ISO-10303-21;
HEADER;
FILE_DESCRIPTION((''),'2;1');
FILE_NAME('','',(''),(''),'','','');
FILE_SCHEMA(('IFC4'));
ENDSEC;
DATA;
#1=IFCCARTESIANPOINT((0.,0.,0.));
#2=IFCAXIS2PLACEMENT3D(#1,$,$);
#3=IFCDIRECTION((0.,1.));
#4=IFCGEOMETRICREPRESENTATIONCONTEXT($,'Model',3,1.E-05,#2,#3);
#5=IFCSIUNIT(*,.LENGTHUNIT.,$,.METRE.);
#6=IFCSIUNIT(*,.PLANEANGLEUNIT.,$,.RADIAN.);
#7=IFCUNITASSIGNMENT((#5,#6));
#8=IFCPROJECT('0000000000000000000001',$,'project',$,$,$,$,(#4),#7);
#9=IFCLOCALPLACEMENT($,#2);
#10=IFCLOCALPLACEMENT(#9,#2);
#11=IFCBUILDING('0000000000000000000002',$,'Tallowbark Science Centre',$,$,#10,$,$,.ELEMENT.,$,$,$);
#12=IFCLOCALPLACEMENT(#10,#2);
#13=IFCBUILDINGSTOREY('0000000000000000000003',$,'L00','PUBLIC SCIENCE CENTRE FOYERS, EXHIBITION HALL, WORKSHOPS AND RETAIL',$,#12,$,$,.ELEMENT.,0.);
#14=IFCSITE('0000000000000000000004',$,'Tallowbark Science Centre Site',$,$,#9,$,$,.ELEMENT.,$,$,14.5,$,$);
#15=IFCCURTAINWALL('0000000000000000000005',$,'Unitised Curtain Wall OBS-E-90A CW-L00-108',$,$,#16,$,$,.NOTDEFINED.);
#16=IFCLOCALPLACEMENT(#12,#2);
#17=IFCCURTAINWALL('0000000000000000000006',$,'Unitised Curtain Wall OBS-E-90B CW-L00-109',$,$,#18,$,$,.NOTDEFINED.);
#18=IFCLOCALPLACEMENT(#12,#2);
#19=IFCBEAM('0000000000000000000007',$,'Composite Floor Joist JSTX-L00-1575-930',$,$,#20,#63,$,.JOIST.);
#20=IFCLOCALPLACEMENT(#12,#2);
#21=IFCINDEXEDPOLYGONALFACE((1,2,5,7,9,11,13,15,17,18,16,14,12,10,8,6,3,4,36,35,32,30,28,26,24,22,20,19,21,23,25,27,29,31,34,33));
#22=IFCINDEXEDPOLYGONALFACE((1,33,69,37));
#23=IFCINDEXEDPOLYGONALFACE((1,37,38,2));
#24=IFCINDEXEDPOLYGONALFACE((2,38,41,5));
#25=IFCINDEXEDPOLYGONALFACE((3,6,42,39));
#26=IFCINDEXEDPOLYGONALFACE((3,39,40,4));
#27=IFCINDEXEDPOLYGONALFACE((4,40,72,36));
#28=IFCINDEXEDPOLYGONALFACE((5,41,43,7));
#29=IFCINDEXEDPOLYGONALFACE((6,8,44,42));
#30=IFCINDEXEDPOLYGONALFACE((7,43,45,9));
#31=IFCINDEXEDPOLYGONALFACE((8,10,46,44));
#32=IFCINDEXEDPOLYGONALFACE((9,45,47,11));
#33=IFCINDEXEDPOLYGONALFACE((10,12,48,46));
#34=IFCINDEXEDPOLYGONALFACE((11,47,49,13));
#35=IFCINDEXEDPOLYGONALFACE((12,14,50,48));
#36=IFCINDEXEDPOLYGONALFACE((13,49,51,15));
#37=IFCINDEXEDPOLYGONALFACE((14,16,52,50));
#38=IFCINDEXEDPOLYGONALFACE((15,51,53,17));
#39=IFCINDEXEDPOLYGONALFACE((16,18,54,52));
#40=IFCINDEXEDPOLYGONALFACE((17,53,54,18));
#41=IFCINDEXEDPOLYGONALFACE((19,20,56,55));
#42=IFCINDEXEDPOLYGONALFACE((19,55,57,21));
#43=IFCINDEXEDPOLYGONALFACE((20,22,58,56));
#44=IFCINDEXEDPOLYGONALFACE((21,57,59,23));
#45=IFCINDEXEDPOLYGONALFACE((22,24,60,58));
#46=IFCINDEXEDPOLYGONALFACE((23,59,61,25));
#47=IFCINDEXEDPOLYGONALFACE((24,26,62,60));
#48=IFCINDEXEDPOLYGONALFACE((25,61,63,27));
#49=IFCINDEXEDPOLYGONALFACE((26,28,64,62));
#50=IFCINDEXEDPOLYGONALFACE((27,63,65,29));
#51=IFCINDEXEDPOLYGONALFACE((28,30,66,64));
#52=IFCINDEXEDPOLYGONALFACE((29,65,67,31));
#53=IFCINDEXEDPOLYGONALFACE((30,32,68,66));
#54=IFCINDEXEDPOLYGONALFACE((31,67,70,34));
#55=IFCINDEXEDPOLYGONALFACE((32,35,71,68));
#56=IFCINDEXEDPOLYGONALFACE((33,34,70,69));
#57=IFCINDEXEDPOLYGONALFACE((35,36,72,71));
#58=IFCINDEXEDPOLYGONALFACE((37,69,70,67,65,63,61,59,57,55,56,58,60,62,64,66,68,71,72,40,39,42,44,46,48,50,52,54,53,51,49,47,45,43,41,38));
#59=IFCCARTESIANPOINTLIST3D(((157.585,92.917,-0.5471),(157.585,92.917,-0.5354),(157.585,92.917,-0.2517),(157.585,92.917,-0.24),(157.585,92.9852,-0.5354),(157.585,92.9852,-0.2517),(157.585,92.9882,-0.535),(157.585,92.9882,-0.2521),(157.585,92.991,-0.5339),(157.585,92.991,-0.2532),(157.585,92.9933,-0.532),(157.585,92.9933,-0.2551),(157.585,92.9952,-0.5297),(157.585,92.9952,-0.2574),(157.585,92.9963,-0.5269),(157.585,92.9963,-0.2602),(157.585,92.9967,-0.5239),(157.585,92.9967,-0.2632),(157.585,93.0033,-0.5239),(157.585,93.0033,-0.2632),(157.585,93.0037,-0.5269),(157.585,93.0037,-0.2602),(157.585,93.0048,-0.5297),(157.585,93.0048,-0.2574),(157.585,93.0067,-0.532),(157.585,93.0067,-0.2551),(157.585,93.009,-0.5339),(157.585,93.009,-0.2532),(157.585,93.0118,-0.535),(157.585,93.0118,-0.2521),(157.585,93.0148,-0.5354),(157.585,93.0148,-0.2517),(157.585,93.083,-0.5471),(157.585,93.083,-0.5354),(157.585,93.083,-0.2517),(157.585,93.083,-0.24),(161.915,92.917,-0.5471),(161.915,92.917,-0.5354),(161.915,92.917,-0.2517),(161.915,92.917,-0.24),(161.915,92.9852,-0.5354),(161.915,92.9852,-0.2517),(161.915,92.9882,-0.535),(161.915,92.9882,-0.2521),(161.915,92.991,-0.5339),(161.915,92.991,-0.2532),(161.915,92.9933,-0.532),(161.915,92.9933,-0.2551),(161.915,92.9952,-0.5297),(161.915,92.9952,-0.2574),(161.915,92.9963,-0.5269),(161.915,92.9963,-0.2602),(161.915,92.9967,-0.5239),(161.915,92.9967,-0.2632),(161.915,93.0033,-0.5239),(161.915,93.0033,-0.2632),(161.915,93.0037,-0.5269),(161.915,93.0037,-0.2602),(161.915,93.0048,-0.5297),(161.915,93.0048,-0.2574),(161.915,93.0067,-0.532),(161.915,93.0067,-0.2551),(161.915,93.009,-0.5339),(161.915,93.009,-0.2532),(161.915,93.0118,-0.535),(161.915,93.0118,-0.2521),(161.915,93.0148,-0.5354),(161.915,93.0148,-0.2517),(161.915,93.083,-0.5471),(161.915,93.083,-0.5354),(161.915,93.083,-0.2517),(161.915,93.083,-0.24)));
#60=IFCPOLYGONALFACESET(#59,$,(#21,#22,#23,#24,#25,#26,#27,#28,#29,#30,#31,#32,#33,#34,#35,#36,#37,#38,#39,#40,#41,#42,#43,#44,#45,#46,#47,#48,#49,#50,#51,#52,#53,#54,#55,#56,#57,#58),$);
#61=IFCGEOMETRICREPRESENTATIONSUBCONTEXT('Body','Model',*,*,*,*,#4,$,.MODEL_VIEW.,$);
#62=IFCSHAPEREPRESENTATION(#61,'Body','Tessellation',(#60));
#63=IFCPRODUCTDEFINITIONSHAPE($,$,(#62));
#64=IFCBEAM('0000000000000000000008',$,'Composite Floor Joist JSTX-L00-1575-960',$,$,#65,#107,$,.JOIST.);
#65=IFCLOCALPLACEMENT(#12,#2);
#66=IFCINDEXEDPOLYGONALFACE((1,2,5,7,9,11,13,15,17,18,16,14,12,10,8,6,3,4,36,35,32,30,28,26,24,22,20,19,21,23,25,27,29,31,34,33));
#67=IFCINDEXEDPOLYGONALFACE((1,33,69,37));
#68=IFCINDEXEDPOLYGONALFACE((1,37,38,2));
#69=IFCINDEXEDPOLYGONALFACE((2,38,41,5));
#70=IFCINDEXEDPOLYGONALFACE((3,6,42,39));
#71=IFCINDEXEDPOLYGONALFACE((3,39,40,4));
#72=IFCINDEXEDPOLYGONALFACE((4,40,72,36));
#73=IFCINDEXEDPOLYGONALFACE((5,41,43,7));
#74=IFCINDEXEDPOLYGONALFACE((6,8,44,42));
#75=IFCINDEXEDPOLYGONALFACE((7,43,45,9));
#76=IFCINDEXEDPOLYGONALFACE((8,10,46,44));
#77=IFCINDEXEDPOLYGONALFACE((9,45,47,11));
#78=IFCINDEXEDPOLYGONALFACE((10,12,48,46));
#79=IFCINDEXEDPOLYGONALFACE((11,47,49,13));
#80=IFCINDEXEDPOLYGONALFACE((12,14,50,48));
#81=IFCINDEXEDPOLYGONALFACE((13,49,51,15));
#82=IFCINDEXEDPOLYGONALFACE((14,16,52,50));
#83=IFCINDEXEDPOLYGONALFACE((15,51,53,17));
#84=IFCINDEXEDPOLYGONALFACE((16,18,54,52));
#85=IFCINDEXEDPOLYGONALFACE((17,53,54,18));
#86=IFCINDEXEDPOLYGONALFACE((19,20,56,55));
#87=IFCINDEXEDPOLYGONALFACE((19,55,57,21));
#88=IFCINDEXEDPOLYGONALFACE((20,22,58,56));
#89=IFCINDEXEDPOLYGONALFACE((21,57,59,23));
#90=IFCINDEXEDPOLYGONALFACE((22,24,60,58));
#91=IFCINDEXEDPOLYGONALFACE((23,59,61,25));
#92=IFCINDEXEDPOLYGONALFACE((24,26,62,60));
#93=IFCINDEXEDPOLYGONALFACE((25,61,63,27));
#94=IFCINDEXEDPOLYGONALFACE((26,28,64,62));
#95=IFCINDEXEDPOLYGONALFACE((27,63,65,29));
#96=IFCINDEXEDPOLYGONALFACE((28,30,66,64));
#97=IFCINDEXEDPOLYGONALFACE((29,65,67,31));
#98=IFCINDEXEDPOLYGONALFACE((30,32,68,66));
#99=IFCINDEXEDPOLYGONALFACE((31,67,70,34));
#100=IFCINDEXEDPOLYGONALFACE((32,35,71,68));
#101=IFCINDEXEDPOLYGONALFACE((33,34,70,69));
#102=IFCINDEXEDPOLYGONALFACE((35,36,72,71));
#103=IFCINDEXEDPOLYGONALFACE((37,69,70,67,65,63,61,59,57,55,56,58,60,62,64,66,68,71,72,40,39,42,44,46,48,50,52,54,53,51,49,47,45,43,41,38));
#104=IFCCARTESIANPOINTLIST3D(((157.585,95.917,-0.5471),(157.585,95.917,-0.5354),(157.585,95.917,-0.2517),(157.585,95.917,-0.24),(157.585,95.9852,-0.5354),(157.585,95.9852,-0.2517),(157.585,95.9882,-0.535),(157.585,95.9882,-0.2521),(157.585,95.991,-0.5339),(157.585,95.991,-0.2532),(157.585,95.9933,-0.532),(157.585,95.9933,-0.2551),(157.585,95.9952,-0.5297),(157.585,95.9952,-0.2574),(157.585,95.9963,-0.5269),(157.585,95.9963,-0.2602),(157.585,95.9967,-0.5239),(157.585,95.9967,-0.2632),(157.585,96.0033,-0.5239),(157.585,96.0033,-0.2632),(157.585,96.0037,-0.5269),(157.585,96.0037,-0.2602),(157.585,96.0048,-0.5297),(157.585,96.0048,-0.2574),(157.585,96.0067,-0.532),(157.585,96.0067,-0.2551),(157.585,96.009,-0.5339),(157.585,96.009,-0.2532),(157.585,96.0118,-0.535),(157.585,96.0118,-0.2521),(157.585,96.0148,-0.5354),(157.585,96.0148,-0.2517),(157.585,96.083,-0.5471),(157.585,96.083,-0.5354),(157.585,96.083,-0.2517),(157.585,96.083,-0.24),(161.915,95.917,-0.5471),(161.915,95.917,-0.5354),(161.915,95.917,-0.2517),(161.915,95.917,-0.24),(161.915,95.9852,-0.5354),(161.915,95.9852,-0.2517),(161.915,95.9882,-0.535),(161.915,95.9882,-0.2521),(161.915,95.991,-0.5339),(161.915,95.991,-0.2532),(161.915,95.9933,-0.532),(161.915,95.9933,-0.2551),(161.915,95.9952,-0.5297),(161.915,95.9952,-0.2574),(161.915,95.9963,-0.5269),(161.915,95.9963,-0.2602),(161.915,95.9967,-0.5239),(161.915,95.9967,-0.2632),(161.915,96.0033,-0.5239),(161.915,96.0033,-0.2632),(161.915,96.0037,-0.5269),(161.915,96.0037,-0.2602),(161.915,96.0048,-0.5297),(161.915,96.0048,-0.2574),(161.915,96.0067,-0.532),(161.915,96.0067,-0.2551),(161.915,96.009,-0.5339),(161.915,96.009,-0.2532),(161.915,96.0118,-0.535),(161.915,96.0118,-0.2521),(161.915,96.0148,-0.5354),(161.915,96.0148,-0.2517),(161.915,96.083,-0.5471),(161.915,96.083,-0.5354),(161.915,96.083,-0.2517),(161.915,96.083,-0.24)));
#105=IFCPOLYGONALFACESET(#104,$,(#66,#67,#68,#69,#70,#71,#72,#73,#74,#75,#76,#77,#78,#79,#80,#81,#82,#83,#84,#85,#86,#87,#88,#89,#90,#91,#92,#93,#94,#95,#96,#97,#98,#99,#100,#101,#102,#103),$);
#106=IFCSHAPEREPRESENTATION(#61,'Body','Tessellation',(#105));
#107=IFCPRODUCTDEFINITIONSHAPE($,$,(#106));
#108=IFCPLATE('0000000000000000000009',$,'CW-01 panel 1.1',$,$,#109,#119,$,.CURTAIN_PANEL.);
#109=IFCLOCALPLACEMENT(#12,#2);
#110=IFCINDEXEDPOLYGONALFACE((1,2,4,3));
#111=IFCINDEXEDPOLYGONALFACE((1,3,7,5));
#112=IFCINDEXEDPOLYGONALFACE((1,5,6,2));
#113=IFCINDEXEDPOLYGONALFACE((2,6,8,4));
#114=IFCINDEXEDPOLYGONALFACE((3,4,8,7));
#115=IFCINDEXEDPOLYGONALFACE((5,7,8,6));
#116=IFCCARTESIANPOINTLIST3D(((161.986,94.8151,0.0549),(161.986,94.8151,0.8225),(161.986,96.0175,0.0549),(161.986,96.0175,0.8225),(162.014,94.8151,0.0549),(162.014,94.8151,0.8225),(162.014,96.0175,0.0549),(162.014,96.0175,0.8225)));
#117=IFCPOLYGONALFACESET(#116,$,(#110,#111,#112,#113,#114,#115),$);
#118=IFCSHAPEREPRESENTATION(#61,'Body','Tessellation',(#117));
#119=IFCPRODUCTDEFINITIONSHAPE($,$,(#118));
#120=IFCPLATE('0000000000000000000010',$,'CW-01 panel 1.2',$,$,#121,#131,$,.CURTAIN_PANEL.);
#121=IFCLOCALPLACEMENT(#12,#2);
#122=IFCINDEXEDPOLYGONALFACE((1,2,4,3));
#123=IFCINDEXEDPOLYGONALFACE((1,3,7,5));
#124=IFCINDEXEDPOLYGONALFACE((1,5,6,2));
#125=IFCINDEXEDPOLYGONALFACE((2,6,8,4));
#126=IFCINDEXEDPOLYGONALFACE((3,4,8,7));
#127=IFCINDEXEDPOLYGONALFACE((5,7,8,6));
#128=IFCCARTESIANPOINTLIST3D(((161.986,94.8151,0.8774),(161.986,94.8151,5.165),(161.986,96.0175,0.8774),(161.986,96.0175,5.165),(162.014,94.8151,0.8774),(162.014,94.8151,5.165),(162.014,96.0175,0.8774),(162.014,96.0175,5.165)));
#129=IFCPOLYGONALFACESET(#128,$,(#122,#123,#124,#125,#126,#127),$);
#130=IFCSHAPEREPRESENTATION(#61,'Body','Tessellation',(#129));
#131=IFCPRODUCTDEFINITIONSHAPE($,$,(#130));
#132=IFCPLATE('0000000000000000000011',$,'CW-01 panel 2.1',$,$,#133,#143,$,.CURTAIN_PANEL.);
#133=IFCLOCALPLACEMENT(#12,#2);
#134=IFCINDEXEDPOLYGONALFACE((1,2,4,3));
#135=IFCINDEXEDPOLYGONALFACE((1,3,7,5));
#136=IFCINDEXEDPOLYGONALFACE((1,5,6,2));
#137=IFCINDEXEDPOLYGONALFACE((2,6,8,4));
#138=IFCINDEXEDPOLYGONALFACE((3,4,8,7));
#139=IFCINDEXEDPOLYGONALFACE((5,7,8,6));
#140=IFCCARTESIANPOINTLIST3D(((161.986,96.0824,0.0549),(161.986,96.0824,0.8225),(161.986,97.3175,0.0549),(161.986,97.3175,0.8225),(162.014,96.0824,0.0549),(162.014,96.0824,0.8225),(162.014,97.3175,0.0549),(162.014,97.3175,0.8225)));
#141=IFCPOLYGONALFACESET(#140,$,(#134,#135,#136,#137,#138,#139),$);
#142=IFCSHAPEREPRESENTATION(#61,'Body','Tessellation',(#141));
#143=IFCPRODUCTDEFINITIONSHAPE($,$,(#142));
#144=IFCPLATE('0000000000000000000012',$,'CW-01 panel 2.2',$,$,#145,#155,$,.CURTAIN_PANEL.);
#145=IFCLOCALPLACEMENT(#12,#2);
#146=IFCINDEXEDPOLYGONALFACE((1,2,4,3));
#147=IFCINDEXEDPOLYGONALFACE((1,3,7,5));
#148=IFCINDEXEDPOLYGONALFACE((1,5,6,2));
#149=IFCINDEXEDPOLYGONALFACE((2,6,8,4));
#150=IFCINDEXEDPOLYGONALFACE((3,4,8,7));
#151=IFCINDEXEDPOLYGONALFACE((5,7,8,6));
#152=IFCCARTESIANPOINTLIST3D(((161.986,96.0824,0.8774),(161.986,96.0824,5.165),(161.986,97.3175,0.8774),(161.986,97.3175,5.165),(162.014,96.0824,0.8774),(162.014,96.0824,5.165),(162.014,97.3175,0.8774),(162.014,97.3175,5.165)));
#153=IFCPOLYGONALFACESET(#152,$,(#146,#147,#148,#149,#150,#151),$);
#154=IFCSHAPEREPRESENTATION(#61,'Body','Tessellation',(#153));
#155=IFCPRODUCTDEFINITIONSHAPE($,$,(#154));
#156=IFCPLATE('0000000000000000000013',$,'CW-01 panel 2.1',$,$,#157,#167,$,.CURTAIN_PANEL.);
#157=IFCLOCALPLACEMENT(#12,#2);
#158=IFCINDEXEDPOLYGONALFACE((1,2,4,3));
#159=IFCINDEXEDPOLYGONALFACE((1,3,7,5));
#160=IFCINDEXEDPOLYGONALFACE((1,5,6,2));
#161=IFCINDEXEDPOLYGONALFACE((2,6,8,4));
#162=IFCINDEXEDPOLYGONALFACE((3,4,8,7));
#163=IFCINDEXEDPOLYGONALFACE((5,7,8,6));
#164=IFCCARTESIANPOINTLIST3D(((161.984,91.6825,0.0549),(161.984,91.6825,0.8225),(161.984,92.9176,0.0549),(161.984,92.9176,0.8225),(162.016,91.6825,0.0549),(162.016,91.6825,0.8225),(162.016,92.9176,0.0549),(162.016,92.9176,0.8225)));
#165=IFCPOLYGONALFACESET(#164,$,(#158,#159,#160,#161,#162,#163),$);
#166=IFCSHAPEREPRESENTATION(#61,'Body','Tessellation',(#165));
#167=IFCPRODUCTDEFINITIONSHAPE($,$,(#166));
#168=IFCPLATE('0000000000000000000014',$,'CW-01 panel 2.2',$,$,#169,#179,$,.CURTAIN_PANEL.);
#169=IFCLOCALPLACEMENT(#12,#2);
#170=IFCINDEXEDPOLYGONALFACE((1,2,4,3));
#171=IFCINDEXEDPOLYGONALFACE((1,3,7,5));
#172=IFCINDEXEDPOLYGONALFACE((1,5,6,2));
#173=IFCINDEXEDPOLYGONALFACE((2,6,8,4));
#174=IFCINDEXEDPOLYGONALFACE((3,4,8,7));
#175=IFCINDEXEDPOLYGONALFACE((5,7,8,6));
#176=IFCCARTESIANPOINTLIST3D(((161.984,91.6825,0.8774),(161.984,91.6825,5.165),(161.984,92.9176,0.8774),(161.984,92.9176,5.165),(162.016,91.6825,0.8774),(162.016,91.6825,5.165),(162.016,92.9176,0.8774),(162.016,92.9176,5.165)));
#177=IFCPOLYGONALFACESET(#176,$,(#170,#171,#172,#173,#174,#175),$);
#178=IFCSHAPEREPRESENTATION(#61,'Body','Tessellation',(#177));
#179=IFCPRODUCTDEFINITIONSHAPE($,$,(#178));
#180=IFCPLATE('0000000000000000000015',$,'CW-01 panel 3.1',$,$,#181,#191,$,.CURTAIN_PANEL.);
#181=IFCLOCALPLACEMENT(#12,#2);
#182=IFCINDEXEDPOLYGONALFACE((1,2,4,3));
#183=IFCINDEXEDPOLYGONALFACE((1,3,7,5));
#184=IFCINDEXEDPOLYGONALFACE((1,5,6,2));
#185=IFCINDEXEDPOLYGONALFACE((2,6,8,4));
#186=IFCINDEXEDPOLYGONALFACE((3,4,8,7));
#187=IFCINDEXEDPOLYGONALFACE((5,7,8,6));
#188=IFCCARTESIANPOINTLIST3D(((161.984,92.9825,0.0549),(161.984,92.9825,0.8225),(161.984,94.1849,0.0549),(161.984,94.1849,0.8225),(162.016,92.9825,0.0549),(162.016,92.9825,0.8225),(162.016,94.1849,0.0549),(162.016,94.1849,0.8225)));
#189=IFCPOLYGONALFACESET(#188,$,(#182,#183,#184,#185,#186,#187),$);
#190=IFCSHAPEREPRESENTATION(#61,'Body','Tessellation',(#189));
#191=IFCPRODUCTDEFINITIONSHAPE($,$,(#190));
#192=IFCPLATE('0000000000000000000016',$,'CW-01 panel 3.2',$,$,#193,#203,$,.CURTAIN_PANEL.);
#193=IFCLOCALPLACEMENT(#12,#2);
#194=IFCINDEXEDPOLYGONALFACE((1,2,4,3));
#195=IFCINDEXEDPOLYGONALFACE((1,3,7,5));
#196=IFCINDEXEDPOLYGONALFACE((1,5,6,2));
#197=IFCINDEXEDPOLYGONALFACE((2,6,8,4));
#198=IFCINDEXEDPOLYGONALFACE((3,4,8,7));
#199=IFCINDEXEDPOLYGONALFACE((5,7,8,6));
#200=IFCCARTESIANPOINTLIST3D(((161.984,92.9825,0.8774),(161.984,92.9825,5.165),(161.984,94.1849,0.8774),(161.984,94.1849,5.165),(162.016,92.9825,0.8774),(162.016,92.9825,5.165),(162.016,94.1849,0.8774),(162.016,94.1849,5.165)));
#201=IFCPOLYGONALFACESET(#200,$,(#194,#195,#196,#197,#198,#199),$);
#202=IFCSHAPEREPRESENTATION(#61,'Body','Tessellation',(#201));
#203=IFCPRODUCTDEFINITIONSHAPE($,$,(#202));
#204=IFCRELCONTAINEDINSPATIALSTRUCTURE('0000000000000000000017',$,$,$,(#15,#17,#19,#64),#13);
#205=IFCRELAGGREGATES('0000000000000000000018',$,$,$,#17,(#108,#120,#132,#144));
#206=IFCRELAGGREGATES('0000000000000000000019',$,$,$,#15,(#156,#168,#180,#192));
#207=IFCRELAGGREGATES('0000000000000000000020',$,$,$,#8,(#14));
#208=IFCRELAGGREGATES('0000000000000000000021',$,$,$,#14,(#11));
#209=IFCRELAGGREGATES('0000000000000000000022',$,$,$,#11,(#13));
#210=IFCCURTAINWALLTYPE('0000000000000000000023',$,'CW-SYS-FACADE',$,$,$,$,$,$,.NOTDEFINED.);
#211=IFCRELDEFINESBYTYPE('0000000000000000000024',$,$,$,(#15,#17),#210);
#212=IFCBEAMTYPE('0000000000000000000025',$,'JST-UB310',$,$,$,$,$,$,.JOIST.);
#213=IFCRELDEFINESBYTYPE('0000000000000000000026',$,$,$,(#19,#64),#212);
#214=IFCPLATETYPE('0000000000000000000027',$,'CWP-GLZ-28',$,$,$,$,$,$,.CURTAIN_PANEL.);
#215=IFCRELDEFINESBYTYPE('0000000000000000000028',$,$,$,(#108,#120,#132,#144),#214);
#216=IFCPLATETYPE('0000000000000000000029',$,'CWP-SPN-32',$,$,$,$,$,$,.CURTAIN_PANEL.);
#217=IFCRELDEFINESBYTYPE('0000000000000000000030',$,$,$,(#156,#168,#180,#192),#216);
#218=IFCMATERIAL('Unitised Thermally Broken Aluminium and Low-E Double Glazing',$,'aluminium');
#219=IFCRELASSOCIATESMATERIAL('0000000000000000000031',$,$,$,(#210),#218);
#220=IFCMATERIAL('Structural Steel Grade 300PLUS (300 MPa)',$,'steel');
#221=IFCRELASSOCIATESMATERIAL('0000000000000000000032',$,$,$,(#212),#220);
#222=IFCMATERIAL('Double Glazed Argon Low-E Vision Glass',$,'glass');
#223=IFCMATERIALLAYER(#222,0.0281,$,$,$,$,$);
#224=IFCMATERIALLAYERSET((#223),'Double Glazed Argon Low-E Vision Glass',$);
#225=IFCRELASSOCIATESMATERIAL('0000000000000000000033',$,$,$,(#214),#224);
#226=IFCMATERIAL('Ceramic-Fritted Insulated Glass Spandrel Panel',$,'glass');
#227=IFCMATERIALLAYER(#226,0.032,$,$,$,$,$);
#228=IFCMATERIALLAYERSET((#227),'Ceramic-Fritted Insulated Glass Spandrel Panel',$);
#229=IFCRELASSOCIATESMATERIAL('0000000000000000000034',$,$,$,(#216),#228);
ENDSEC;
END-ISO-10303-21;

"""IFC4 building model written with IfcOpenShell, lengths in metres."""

from ifc_helpers import new_model, si_unit, direction, frame, origin, origin_2d, place, context, subcontext, project, spatial, rectangle, i_section, extrude, material, layer, layer_set, material_profile, profile_set, type_object, element, aggregate, save


model = new_model("IFC4")

# Units and contexts
model_context = context("Model", 3, precision=1e-05, world=origin(), true_north=direction((0.0, 1.0)))
body_context = subcontext(model_context, "Body", "Model", "MODEL_VIEW")
ifc_project = project(units=[si_unit("LENGTHUNIT", "METRE"), si_unit("PLANEANGLEUNIT", "RADIAN")], contexts=[model_context])

# Site, building, storey
site_placement = place(None, origin())
site = spatial("IfcSite", under=ifc_project, at=site_placement, Name="Tallowbark Science Centre Site", CompositionType="ELEMENT", RefElevation=14.5)
building_placement = place(site_placement, origin())
building = spatial("IfcBuilding", under=site, at=building_placement, Name="Tallowbark Science Centre", CompositionType="ELEMENT")
storey_placement = place(building_placement, origin())
storey = spatial("IfcBuildingStorey", under=building, at=storey_placement, Name="L00", Description="PUBLIC SCIENCE CENTRE FOYERS, EXHIBITION HALL, WORKSHOPS AND RETAIL", CompositionType="ELEMENT", Elevation=0.0)

# Curtain walls
ifc_material_1 = material(Name="Unitised Thermally Broken Aluminium and Low-E Double Glazing", Category="aluminium")
curtain_wall_type = type_object("IfcCurtainWallType", Name="CW-SYS-FACADE", PredefinedType="NOTDEFINED", material=ifc_material_1)
curtain_wall_1_placement = place(storey_placement, origin())
curtain_wall_1 = element("IfcCurtainWall", 1, at=curtain_wall_1_placement, inside=storey, type_object=curtain_wall_type, Name="Unitised Curtain Wall OBS-E-90A CW-L00-108", PredefinedType="NOTDEFINED")
curtain_wall_2_placement = place(storey_placement, origin())
curtain_wall_2 = element("IfcCurtainWall", 2, at=curtain_wall_2_placement, inside=storey, type_object=curtain_wall_type, Name="Unitised Curtain Wall OBS-E-90B CW-L00-109", PredefinedType="NOTDEFINED")

# Beams
ifc_material_2 = material(Name="Structural Steel Grade 300PLUS (300 MPa)", Category="steel")
ifc_material_profile_1 = material_profile(ifc_material_2, i_section(OverallWidth=0.166, OverallDepth=0.3071, WebThickness=0.0066, FlangeThickness=0.0117, FilletRadius=0.0115, at=origin_2d()), Name="310UB46.2")
ifc_profile_set_1 = profile_set([ifc_material_profile_1], Name="Structural Steel Grade 300PLUS (300 MPa)")
beam_type = type_object("IfcBeamType", Name="JST-UB310", PredefinedType="JOIST", material=ifc_profile_set_1)
for number, where, z_axis, x_axis, name in (
    (3, (157.585, 93.0, -0.3936), (1.0, 0.0, 0.0), (0.0, 1.0, 0.0), "Composite Floor Joist JSTX-L00-1575-930"),
    (4, (157.585, 96.0, -0.3936), (1.0, 0.0, 0.0), (0.0, 1.0, 0.0), "Composite Floor Joist JSTX-L00-1575-960"),
):
    element("IfcBeam", number, at=place(storey_placement, frame(where, z_axis=z_axis, x_axis=x_axis)), inside=storey, type_object=beam_type, Name=name, PredefinedType="JOIST", context=body_context, shape_type="SweptSolid", body=[
        extrude(i_section(OverallWidth=0.166, OverallDepth=0.3071, WebThickness=0.0066, FlangeThickness=0.0117, FilletRadius=0.0115, at=origin_2d()), origin(), (0.0, 0.0, 1.0), 4.3301),
    ])

# Plates
ifc_material_3 = material(Name="Double Glazed Argon Low-E Vision Glass", Category="glass")
ifc_layer_1 = layer(ifc_material_3, 0.0281)
ifc_layer_set_1 = layer_set([ifc_layer_1], Name="Double Glazed Argon Low-E Vision Glass")
plate_type_1 = type_object("IfcPlateType", Name="CWP-GLZ-28", PredefinedType="CURTAIN_PANEL", material=ifc_layer_set_1)
plate_1_placement = place(storey_placement, frame((162.0, 95.4163, 0.0549), z_axis=(0.0, 0.0, 1.0), x_axis=(0.0, 1.0, 0.0)))
plate_1 = element("IfcPlate", 5, at=plate_1_placement, type_object=plate_type_1, Name="CW-01 panel 1.1", PredefinedType="CURTAIN_PANEL", context=body_context, shape_type="SweptSolid", body=[
    extrude(rectangle(XDim=1.2024, YDim=0.0281, at=origin_2d()), origin(), (0.0, 0.0, 1.0), 0.7676),
])
plate_2_placement = place(storey_placement, frame((162.0, 95.4163, 0.8774), z_axis=(0.0, 0.0, 1.0), x_axis=(0.0, 1.0, 0.0)))
plate_2 = element("IfcPlate", 6, at=plate_2_placement, type_object=plate_type_1, Name="CW-01 panel 1.2", PredefinedType="CURTAIN_PANEL", context=body_context, shape_type="SweptSolid", body=[
    extrude(rectangle(XDim=1.2024, YDim=0.0281, at=origin_2d()), origin(), (0.0, 0.0, 1.0), 4.2876),
])
plate_3_placement = place(storey_placement, frame((162.0, 96.7, 0.0549), z_axis=(0.0, 0.0, 1.0), x_axis=(0.0, 1.0, 0.0)))
plate_3 = element("IfcPlate", 7, at=plate_3_placement, type_object=plate_type_1, Name="CW-01 panel 2.1", PredefinedType="CURTAIN_PANEL", context=body_context, shape_type="SweptSolid", body=[
    extrude(rectangle(XDim=1.2351, YDim=0.0281, at=origin_2d()), origin(), (0.0, 0.0, 1.0), 0.7676),
])
plate_4_placement = place(storey_placement, frame((162.0, 96.7, 0.8774), z_axis=(0.0, 0.0, 1.0), x_axis=(0.0, 1.0, 0.0)))
plate_4 = element("IfcPlate", 8, at=plate_4_placement, type_object=plate_type_1, Name="CW-01 panel 2.2", PredefinedType="CURTAIN_PANEL", context=body_context, shape_type="SweptSolid", body=[
    extrude(rectangle(XDim=1.2351, YDim=0.0281, at=origin_2d()), origin(), (0.0, 0.0, 1.0), 4.2876),
])
aggregate(curtain_wall_2, [plate_1, plate_2, plate_3, plate_4])
ifc_material_4 = material(Name="Ceramic-Fritted Insulated Glass Spandrel Panel", Category="glass")
ifc_layer_2 = layer(ifc_material_4, 0.032)
ifc_layer_set_2 = layer_set([ifc_layer_2], Name="Ceramic-Fritted Insulated Glass Spandrel Panel")
plate_type_2 = type_object("IfcPlateType", Name="CWP-SPN-32", PredefinedType="CURTAIN_PANEL", material=ifc_layer_set_2)
plate_5_placement = place(storey_placement, frame((162.0, 92.3, 0.0549), z_axis=(0.0, 0.0, 1.0), x_axis=(0.0, 1.0, 0.0)))
plate_5 = element("IfcPlate", 9, at=plate_5_placement, type_object=plate_type_2, Name="CW-01 panel 2.1", PredefinedType="CURTAIN_PANEL", context=body_context, shape_type="SweptSolid", body=[
    extrude(rectangle(XDim=1.2351, YDim=0.032, at=origin_2d()), origin(), (0.0, 0.0, 1.0), 0.7676),
])
plate_6_placement = place(storey_placement, frame((162.0, 92.3, 0.8774), z_axis=(0.0, 0.0, 1.0), x_axis=(0.0, 1.0, 0.0)))
plate_6 = element("IfcPlate", 10, at=plate_6_placement, type_object=plate_type_2, Name="CW-01 panel 2.2", PredefinedType="CURTAIN_PANEL", context=body_context, shape_type="SweptSolid", body=[
    extrude(rectangle(XDim=1.2351, YDim=0.032, at=origin_2d()), origin(), (0.0, 0.0, 1.0), 4.2876),
])
plate_7_placement = place(storey_placement, frame((162.0, 93.5837, 0.0549), z_axis=(0.0, 0.0, 1.0), x_axis=(0.0, 1.0, 0.0)))
plate_7 = element("IfcPlate", 11, at=plate_7_placement, type_object=plate_type_2, Name="CW-01 panel 3.1", PredefinedType="CURTAIN_PANEL", context=body_context, shape_type="SweptSolid", body=[
    extrude(rectangle(XDim=1.2024, YDim=0.032, at=origin_2d()), origin(), (0.0, 0.0, 1.0), 0.7676),
])
plate_8_placement = place(storey_placement, frame((162.0, 93.5837, 0.8774), z_axis=(0.0, 0.0, 1.0), x_axis=(0.0, 1.0, 0.0)))
plate_8 = element("IfcPlate", 12, at=plate_8_placement, type_object=plate_type_2, Name="CW-01 panel 3.2", PredefinedType="CURTAIN_PANEL", context=body_context, shape_type="SweptSolid", body=[
    extrude(rectangle(XDim=1.2024, YDim=0.032, at=origin_2d()), origin(), (0.0, 0.0, 1.0), 4.2876),
])
aggregate(curtain_wall_1, [plate_5, plate_6, plate_7, plate_8])

save(model, "model.ifc")
